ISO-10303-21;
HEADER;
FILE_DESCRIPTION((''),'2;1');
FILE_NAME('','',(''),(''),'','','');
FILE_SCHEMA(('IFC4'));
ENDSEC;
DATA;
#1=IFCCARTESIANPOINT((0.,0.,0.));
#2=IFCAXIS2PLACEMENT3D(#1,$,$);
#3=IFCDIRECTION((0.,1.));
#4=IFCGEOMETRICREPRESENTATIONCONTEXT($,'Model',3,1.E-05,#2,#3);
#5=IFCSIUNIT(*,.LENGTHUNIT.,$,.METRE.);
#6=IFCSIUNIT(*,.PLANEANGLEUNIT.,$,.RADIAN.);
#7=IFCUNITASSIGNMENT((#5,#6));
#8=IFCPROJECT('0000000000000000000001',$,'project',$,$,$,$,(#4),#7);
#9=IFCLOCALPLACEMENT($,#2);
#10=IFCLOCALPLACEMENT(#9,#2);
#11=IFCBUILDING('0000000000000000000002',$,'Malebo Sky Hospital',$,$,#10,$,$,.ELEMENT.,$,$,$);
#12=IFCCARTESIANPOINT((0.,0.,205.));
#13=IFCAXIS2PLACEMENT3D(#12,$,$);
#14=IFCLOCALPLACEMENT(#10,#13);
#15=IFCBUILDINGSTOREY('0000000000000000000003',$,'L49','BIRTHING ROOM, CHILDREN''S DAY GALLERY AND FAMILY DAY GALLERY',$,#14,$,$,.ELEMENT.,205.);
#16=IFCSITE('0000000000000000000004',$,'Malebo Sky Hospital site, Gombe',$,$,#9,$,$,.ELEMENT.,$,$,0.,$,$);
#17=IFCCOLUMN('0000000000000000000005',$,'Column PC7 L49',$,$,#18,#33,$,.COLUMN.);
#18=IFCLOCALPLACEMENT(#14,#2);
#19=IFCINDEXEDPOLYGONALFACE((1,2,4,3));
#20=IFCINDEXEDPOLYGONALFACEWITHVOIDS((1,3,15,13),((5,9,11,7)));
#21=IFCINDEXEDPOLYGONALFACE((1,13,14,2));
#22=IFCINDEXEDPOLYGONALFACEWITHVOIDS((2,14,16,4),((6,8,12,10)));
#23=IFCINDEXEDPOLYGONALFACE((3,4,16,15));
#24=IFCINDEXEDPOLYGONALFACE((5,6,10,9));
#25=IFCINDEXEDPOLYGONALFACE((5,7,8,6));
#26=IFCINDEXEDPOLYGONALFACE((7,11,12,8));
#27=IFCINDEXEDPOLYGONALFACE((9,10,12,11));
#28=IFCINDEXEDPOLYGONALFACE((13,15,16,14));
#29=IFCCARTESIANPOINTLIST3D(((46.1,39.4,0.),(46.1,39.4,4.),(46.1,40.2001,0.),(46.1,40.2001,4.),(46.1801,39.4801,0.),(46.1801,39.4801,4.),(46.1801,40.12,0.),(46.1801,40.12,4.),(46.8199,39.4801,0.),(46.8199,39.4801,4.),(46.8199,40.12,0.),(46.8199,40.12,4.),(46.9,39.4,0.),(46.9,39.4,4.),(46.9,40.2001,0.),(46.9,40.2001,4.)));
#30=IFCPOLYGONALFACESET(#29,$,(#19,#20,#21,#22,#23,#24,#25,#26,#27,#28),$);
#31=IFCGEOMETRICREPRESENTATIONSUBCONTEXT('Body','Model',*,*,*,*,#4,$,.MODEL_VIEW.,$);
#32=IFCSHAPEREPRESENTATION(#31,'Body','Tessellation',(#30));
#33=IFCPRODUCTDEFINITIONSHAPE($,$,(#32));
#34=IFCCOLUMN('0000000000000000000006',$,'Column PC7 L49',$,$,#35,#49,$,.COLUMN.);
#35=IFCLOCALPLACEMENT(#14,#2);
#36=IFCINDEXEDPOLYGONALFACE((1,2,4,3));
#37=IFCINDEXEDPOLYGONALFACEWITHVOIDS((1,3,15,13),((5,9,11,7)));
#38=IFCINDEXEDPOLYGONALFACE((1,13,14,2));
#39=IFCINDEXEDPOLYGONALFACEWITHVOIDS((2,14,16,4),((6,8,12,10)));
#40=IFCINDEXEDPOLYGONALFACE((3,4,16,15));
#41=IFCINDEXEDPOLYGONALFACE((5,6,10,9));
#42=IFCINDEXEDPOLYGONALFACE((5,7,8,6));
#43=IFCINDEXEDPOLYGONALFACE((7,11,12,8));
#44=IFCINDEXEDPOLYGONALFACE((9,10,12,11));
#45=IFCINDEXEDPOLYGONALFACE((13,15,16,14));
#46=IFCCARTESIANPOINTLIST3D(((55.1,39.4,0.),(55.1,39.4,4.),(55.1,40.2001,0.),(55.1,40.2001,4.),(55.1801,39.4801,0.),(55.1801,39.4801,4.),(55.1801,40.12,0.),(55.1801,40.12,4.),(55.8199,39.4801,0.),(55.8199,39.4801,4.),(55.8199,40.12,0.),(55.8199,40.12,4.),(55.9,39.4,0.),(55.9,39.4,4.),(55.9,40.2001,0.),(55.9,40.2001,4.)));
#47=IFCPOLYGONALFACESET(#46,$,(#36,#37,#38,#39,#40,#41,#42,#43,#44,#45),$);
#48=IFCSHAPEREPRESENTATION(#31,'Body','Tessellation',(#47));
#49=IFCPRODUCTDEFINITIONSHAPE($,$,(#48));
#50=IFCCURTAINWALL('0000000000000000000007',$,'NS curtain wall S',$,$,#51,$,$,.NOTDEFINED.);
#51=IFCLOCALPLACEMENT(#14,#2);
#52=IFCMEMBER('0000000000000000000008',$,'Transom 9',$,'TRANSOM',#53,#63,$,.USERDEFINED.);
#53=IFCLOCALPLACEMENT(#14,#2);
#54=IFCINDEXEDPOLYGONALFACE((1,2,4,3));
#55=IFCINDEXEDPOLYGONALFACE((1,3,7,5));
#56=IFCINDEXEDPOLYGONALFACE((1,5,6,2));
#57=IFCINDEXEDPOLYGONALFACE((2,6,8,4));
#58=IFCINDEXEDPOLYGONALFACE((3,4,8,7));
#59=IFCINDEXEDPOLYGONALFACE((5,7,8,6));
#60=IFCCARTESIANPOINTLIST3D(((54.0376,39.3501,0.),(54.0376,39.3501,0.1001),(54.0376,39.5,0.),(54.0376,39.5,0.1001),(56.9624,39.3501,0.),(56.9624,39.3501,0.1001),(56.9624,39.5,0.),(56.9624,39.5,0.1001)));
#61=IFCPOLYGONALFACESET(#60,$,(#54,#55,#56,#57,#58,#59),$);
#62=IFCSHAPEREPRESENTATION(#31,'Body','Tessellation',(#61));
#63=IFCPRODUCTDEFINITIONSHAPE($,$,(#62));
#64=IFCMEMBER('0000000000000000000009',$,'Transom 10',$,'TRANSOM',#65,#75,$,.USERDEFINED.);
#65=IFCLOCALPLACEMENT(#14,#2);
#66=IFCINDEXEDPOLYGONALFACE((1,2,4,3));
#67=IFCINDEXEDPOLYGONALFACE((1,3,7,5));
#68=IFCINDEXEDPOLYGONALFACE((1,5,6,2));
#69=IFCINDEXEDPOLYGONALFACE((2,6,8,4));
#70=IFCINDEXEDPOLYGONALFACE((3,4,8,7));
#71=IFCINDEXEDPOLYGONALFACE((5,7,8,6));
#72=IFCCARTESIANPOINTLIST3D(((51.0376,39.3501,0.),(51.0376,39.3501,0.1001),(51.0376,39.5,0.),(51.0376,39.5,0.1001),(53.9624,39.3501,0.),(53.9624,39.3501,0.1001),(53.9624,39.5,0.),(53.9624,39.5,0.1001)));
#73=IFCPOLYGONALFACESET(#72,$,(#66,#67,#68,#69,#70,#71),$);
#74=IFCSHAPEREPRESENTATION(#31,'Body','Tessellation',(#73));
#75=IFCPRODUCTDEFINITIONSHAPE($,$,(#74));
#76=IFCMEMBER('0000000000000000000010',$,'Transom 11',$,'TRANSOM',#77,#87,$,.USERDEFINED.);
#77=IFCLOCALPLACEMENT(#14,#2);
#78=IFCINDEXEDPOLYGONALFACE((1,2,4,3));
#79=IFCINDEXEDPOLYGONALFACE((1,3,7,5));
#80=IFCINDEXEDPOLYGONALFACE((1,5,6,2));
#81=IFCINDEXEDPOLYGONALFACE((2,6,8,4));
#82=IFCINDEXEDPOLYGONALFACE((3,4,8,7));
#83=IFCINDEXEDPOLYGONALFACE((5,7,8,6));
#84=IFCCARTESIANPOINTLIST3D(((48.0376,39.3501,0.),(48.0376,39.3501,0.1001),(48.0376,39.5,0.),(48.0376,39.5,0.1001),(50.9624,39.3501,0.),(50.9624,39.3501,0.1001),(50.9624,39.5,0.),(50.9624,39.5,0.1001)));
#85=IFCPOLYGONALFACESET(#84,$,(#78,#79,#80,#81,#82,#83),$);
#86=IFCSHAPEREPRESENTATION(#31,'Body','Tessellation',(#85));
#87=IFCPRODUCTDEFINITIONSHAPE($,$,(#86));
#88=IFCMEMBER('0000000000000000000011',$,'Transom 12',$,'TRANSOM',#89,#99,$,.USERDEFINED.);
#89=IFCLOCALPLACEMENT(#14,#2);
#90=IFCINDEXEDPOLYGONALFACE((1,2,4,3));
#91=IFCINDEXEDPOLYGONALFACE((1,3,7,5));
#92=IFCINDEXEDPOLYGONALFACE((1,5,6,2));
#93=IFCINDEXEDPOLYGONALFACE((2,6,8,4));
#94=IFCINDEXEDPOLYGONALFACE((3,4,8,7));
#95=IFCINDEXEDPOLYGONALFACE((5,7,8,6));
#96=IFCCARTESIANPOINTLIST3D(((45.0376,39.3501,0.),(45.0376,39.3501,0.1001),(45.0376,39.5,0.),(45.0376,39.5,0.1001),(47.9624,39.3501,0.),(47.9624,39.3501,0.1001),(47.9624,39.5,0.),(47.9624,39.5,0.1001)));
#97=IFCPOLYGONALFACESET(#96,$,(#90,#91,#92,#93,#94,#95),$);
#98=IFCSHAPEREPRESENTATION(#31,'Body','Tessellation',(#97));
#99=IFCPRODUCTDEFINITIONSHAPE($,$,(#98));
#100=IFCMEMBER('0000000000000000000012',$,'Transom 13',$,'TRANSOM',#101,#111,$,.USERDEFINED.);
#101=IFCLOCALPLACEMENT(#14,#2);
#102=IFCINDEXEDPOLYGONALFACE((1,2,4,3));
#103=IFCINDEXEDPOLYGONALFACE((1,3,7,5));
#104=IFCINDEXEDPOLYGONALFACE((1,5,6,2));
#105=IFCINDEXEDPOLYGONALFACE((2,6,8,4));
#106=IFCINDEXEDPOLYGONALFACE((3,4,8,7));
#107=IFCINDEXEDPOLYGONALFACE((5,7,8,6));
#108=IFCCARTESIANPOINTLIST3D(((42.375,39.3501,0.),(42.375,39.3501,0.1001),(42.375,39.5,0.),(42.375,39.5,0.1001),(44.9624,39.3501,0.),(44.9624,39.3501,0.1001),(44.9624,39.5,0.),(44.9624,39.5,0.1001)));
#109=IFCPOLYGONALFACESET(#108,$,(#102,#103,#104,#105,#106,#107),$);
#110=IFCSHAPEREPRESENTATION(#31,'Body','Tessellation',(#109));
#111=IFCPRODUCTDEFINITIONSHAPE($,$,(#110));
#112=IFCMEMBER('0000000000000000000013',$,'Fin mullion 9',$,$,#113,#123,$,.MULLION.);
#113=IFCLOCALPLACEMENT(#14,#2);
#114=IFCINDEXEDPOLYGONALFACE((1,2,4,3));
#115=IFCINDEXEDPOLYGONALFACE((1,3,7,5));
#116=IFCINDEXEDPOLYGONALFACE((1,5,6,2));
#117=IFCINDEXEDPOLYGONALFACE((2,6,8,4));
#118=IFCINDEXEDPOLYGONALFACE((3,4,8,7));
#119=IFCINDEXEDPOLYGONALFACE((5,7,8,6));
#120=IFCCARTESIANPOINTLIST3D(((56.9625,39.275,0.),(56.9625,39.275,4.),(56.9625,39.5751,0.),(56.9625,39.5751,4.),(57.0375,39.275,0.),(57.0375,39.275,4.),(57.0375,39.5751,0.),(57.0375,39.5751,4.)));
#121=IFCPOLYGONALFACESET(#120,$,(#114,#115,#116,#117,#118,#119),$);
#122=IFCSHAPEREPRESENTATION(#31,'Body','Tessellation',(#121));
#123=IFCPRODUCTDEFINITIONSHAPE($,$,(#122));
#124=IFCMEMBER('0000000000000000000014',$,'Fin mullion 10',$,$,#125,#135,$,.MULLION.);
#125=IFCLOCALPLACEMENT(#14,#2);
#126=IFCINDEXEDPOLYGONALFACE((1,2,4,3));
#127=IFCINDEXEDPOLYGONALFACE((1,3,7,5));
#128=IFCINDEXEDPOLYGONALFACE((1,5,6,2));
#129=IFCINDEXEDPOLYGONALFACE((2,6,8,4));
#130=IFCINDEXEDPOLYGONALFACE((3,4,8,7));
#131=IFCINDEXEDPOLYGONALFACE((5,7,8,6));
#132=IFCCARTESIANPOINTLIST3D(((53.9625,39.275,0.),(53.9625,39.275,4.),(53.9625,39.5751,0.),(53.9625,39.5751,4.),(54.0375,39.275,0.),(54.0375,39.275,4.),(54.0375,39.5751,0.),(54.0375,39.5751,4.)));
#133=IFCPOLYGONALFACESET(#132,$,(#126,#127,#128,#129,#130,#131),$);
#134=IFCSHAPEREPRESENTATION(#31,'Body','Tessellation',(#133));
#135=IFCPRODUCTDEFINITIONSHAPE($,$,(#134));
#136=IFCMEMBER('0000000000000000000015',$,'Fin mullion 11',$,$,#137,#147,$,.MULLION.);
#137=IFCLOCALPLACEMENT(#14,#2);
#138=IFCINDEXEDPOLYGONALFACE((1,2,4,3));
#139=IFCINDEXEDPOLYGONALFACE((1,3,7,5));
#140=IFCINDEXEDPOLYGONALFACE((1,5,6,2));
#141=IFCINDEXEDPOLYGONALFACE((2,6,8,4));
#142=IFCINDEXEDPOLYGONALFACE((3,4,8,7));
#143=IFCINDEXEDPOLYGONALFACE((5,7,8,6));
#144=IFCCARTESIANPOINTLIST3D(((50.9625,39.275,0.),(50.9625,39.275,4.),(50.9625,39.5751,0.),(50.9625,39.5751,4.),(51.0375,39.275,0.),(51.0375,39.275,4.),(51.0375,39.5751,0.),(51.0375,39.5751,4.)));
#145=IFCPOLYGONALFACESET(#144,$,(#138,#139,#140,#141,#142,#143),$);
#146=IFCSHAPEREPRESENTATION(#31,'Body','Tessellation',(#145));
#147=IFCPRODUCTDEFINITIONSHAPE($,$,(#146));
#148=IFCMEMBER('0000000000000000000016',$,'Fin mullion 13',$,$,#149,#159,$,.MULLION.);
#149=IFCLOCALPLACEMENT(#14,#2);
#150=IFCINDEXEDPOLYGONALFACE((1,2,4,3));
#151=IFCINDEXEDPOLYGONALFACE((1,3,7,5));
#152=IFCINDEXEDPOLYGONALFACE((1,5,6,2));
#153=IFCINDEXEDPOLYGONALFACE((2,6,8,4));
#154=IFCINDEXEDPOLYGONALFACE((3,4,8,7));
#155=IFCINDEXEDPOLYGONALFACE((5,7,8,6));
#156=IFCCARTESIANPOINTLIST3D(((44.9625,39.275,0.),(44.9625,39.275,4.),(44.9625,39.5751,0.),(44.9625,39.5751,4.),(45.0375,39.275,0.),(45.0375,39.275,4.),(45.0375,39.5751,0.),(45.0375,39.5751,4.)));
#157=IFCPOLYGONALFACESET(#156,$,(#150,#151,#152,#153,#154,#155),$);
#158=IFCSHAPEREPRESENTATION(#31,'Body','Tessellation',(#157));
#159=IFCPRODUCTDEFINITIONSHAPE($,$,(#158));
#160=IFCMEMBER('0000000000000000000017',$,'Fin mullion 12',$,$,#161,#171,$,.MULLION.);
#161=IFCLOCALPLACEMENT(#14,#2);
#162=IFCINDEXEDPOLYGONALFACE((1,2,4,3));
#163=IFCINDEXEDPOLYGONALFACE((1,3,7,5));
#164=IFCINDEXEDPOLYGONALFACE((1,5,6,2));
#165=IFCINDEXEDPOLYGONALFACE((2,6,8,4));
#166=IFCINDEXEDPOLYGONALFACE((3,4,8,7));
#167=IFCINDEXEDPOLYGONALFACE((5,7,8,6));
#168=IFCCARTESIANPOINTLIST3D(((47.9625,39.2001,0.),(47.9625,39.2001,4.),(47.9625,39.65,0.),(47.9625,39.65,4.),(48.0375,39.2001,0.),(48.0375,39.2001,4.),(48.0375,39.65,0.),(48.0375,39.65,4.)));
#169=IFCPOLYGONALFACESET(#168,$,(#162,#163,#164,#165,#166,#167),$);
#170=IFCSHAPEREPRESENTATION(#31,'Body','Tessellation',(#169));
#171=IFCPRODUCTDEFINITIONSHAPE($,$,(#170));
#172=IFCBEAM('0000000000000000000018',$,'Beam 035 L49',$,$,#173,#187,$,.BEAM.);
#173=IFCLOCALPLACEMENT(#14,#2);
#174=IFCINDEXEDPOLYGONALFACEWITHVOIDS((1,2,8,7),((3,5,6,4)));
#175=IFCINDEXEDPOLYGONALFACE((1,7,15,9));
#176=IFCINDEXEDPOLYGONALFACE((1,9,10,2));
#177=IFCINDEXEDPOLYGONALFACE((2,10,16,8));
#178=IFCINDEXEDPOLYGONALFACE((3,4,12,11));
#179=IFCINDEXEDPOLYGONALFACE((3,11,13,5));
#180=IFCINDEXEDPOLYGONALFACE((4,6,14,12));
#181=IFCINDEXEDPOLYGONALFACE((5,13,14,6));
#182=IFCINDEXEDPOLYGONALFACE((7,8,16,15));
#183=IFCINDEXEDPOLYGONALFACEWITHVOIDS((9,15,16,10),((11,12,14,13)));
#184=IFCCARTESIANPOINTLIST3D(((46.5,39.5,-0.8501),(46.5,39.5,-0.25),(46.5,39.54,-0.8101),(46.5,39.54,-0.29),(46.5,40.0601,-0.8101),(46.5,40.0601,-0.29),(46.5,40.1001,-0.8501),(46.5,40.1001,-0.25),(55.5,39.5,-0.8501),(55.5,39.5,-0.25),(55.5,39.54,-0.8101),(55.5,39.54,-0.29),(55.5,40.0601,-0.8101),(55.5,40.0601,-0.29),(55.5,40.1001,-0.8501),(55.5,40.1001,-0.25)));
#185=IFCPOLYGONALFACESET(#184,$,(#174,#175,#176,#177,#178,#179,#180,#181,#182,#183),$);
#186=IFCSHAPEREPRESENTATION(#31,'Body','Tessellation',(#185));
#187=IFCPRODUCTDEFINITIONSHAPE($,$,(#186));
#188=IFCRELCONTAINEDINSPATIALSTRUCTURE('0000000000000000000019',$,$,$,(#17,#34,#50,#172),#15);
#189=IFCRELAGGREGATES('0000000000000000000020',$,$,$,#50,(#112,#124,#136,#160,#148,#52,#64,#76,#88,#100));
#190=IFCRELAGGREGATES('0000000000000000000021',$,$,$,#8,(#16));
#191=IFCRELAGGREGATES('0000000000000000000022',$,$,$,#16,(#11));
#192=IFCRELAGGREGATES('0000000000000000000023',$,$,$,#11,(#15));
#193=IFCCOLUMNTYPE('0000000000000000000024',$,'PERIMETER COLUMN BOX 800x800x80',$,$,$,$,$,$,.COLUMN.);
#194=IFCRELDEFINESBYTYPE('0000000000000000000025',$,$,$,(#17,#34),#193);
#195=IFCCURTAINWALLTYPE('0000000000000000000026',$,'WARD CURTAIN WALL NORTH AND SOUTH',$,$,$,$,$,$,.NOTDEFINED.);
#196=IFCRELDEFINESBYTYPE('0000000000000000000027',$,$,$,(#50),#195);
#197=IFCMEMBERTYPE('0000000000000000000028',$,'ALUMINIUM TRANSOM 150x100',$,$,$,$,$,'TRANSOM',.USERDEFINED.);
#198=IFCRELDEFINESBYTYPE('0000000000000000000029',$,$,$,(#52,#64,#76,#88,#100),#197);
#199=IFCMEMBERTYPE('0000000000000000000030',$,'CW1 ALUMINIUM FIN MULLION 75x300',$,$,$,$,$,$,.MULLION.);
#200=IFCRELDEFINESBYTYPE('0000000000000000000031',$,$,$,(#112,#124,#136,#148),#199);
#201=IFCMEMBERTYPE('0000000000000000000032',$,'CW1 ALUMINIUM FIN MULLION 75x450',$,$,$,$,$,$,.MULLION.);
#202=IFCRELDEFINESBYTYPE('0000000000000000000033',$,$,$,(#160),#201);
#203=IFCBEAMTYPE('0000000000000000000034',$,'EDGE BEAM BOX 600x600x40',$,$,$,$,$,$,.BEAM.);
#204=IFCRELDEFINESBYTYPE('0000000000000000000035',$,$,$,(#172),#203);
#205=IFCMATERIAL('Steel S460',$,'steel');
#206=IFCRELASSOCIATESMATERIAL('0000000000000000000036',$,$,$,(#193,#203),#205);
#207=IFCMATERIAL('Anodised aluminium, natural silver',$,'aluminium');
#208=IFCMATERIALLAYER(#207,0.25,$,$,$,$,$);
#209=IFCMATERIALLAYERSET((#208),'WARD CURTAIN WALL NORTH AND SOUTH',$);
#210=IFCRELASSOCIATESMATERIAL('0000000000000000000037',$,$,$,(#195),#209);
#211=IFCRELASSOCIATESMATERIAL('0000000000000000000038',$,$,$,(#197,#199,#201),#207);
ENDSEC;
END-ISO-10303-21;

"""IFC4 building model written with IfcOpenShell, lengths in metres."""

from ifc_helpers import new_model, si_unit, direction, frame, origin, origin_2d, place, context, subcontext, project, spatial, rectangle, hollow_rectangle, extrude, material, layer, layer_set, material_profile, profile_set, type_object, element, aggregate, save


model = new_model("IFC4")

# Units and contexts
model_context = context("Model", 3, precision=1e-05, world=origin(), true_north=direction((0.0, 1.0)))
body_context = subcontext(model_context, "Body", "Model", "MODEL_VIEW")
ifc_project = project(units=[si_unit("LENGTHUNIT", "METRE"), si_unit("PLANEANGLEUNIT", "RADIAN")], contexts=[model_context])

# Site, building, storey
site_placement = place(None, origin())
site = spatial("IfcSite", under=ifc_project, at=site_placement, Name="Malebo Sky Hospital site, Gombe", CompositionType="ELEMENT", RefElevation=0.0)
building_placement = place(site_placement, origin())
building = spatial("IfcBuilding", under=site, at=building_placement, Name="Malebo Sky Hospital", CompositionType="ELEMENT")
storey_placement = place(building_placement, frame((0.0, 0.0, 205.0)))
storey = spatial("IfcBuildingStorey", under=building, at=storey_placement, Name="L49", Description="BIRTHING ROOM, CHILDREN'S DAY GALLERY AND FAMILY DAY GALLERY", CompositionType="ELEMENT", Elevation=205.0)

# Columns
ifc_material_1 = material(Name="Steel S460", Category="steel")
ifc_material_profile_1 = material_profile(ifc_material_1, hollow_rectangle(XDim=0.8, YDim=0.8, WallThickness=0.0801, at=origin_2d()), Name="BOX 800x800x80")
ifc_profile_set_1 = profile_set([ifc_material_profile_1], Name="Steel S460")
column_type = type_object("IfcColumnType", Name="PERIMETER COLUMN BOX 800x800x80", PredefinedType="COLUMN", material=ifc_profile_set_1)
for number, where, z_axis, x_axis, name in (
    (1, (46.5, 39.8, 0.0), (0.0, 0.0, 1.0), (1.0, 0.0, 0.0), "Column PC7 L49"),
    (2, (55.5, 39.8, 0.0), (0.0, 0.0, 1.0), (1.0, 0.0, 0.0), "Column PC7 L49"),
):
    element("IfcColumn", number, at=place(storey_placement, frame(where, z_axis=z_axis, x_axis=x_axis)), inside=storey, type_object=column_type, Name=name, PredefinedType="COLUMN", context=body_context, shape_type="SweptSolid", body=[
        extrude(hollow_rectangle(XDim=0.8, YDim=0.8, WallThickness=0.0801, at=origin_2d()), origin(), (0.0, 0.0, 1.0), 4.0),
    ])

# Curtain wall, members
ifc_material_2 = material(Name="Anodised aluminium, natural silver", Category="aluminium")
ifc_layer_1 = layer(ifc_material_2, 0.25)
ifc_layer_set_1 = layer_set([ifc_layer_1], Name="WARD CURTAIN WALL NORTH AND SOUTH")
curtain_wall_type = type_object("IfcCurtainWallType", Name="WARD CURTAIN WALL NORTH AND SOUTH", PredefinedType="NOTDEFINED", material=ifc_layer_set_1)
curtain_wall_placement = place(storey_placement, origin())
curtain_wall = element("IfcCurtainWall", 3, at=curtain_wall_placement, inside=storey, type_object=curtain_wall_type, Name="NS curtain wall S", PredefinedType="NOTDEFINED")
ifc_material_profile_2 = material_profile(ifc_material_2, rectangle(XDim=0.1499, YDim=0.1001, at=origin_2d()), Name="ALUMINIUM TRANSOM 150x100")
ifc_profile_set_2 = profile_set([ifc_material_profile_2], Name="Anodised aluminium, natural silver")
member_type_1 = type_object("IfcMemberType", Name="ALUMINIUM TRANSOM 150x100", ElementType="TRANSOM", PredefinedType="USERDEFINED", material=ifc_profile_set_2)
member_1_placement = place(storey_placement, frame((56.9624, 39.425, 0.05), z_axis=(-1.0, 0.0, 0.0), x_axis=(0.0, -1.0, 0.0)))
member_1 = element("IfcMember", 4, at=member_1_placement, type_object=member_type_1, Name="Transom 9", ObjectType="TRANSOM", PredefinedType="USERDEFINED", context=body_context, shape_type="SweptSolid", body=[
    extrude(rectangle(XDim=0.1499, YDim=0.1001, at=origin_2d()), origin(), (0.0, 0.0, 1.0), 2.9248),
])
member_2_placement = place(storey_placement, frame((53.9624, 39.425, 0.05), z_axis=(-1.0, 0.0, 0.0), x_axis=(0.0, -1.0, 0.0)))
member_2 = element("IfcMember", 5, at=member_2_placement, type_object=member_type_1, Name="Transom 10", ObjectType="TRANSOM", PredefinedType="USERDEFINED", context=body_context, shape_type="SweptSolid", body=[
    extrude(rectangle(XDim=0.1499, YDim=0.1001, at=origin_2d()), origin(), (0.0, 0.0, 1.0), 2.9248),
])
member_3_placement = place(storey_placement, frame((50.9624, 39.425, 0.05), z_axis=(-1.0, 0.0, 0.0), x_axis=(0.0, -1.0, 0.0)))
member_3 = element("IfcMember", 6, at=member_3_placement, type_object=member_type_1, Name="Transom 11", ObjectType="TRANSOM", PredefinedType="USERDEFINED", context=body_context, shape_type="SweptSolid", body=[
    extrude(rectangle(XDim=0.1499, YDim=0.1001, at=origin_2d()), origin(), (0.0, 0.0, 1.0), 2.9248),
])
member_4_placement = place(storey_placement, frame((47.9624, 39.425, 0.05), z_axis=(-1.0, 0.0, 0.0), x_axis=(0.0, -1.0, 0.0)))
member_4 = element("IfcMember", 7, at=member_4_placement, type_object=member_type_1, Name="Transom 12", ObjectType="TRANSOM", PredefinedType="USERDEFINED", context=body_context, shape_type="SweptSolid", body=[
    extrude(rectangle(XDim=0.1499, YDim=0.1001, at=origin_2d()), origin(), (0.0, 0.0, 1.0), 2.9248),
])
member_5_placement = place(storey_placement, frame((44.9624, 39.425, 0.05), z_axis=(-1.0, 0.0, 0.0), x_axis=(0.0, -1.0, 0.0)))
member_5 = element("IfcMember", 8, at=member_5_placement, type_object=member_type_1, Name="Transom 13", ObjectType="TRANSOM", PredefinedType="USERDEFINED", context=body_context, shape_type="SweptSolid", body=[
    extrude(rectangle(XDim=0.1499, YDim=0.1001, at=origin_2d()), origin(), (0.0, 0.0, 1.0), 2.5874),
])
ifc_material_profile_3 = material_profile(ifc_material_2, rectangle(XDim=0.075, YDim=0.3, at=origin_2d()), Name="CW1 ALUMINIUM FIN MULLION 75x300")
ifc_profile_set_3 = profile_set([ifc_material_profile_3], Name="Anodised aluminium, natural silver")
member_type_2 = type_object("IfcMemberType", Name="CW1 ALUMINIUM FIN MULLION 75x300", PredefinedType="MULLION", material=ifc_profile_set_3)
member_6_placement = place(storey_placement, frame((57.0, 39.425, 0.0), z_axis=(0.0, 0.0, 1.0), x_axis=(-1.0, 0.0, 0.0)))
member_6 = element("IfcMember", 9, at=member_6_placement, type_object=member_type_2, Name="Fin mullion 9", PredefinedType="MULLION", context=body_context, shape_type="SweptSolid", body=[
    extrude(rectangle(XDim=0.075, YDim=0.3, at=origin_2d()), origin(), (0.0, 0.0, 1.0), 4.0),
])
member_7_placement = place(storey_placement, frame((54.0, 39.425, 0.0), z_axis=(0.0, 0.0, 1.0), x_axis=(-1.0, 0.0, 0.0)))
member_7 = element("IfcMember", 10, at=member_7_placement, type_object=member_type_2, Name="Fin mullion 10", PredefinedType="MULLION", context=body_context, shape_type="SweptSolid", body=[
    extrude(rectangle(XDim=0.075, YDim=0.3, at=origin_2d()), origin(), (0.0, 0.0, 1.0), 4.0),
])
member_8_placement = place(storey_placement, frame((51.0, 39.425, 0.0), z_axis=(0.0, 0.0, 1.0), x_axis=(-1.0, 0.0, 0.0)))
member_8 = element("IfcMember", 11, at=member_8_placement, type_object=member_type_2, Name="Fin mullion 11", PredefinedType="MULLION", context=body_context, shape_type="SweptSolid", body=[
    extrude(rectangle(XDim=0.075, YDim=0.3, at=origin_2d()), origin(), (0.0, 0.0, 1.0), 4.0),
])
member_9_placement = place(storey_placement, frame((45.0, 39.425, 0.0), z_axis=(0.0, 0.0, 1.0), x_axis=(-1.0, 0.0, 0.0)))
member_9 = element("IfcMember", 12, at=member_9_placement, type_object=member_type_2, Name="Fin mullion 13", PredefinedType="MULLION", context=body_context, shape_type="SweptSolid", body=[
    extrude(rectangle(XDim=0.075, YDim=0.3, at=origin_2d()), origin(), (0.0, 0.0, 1.0), 4.0),
])
ifc_material_profile_4 = material_profile(ifc_material_2, rectangle(XDim=0.075, YDim=0.45, at=origin_2d()), Name="CW1 ALUMINIUM FIN MULLION 75x450")
ifc_profile_set_4 = profile_set([ifc_material_profile_4], Name="Anodised aluminium, natural silver")
member_type_3 = type_object("IfcMemberType", Name="CW1 ALUMINIUM FIN MULLION 75x450", PredefinedType="MULLION", material=ifc_profile_set_4)
member_10_placement = place(storey_placement, frame((48.0, 39.425, 0.0), z_axis=(0.0, 0.0, 1.0), x_axis=(-1.0, 0.0, 0.0)))
member_10 = element("IfcMember", 13, at=member_10_placement, type_object=member_type_3, Name="Fin mullion 12", PredefinedType="MULLION", context=body_context, shape_type="SweptSolid", body=[
    extrude(rectangle(XDim=0.075, YDim=0.45, at=origin_2d()), origin(), (0.0, 0.0, 1.0), 4.0),
])

# Beam
ifc_material_profile_5 = material_profile(ifc_material_1, hollow_rectangle(XDim=0.6001, YDim=0.6001, WallThickness=0.04, at=origin_2d()), Name="BOX 600x600x40")
ifc_profile_set_5 = profile_set([ifc_material_profile_5], Name="Steel S460")
beam_type_1 = type_object("IfcBeamType", Name="EDGE BEAM BOX 600x600x40", PredefinedType="BEAM", material=ifc_profile_set_5)
for number, where, z_axis, x_axis, name in (
    (14, (46.5, 39.8, -0.55), (1.0, 0.0, 0.0), (0.0, 1.0, 0.0), "Beam 035 L49"),
):
    element("IfcBeam", number, at=place(storey_placement, frame(where, z_axis=z_axis, x_axis=x_axis)), inside=storey, type_object=beam_type_1, Name=name, PredefinedType="BEAM", context=body_context, shape_type="SweptSolid", body=[
        extrude(hollow_rectangle(XDim=0.6001, YDim=0.6001, WallThickness=0.04, at=origin_2d()), origin(), (0.0, 0.0, 1.0), 9.0),
    ])

aggregate(curtain_wall, [member_6, member_7, member_8, member_10, member_9, member_1, member_2, member_3, member_4, member_5])

save(model, "model.ifc")
